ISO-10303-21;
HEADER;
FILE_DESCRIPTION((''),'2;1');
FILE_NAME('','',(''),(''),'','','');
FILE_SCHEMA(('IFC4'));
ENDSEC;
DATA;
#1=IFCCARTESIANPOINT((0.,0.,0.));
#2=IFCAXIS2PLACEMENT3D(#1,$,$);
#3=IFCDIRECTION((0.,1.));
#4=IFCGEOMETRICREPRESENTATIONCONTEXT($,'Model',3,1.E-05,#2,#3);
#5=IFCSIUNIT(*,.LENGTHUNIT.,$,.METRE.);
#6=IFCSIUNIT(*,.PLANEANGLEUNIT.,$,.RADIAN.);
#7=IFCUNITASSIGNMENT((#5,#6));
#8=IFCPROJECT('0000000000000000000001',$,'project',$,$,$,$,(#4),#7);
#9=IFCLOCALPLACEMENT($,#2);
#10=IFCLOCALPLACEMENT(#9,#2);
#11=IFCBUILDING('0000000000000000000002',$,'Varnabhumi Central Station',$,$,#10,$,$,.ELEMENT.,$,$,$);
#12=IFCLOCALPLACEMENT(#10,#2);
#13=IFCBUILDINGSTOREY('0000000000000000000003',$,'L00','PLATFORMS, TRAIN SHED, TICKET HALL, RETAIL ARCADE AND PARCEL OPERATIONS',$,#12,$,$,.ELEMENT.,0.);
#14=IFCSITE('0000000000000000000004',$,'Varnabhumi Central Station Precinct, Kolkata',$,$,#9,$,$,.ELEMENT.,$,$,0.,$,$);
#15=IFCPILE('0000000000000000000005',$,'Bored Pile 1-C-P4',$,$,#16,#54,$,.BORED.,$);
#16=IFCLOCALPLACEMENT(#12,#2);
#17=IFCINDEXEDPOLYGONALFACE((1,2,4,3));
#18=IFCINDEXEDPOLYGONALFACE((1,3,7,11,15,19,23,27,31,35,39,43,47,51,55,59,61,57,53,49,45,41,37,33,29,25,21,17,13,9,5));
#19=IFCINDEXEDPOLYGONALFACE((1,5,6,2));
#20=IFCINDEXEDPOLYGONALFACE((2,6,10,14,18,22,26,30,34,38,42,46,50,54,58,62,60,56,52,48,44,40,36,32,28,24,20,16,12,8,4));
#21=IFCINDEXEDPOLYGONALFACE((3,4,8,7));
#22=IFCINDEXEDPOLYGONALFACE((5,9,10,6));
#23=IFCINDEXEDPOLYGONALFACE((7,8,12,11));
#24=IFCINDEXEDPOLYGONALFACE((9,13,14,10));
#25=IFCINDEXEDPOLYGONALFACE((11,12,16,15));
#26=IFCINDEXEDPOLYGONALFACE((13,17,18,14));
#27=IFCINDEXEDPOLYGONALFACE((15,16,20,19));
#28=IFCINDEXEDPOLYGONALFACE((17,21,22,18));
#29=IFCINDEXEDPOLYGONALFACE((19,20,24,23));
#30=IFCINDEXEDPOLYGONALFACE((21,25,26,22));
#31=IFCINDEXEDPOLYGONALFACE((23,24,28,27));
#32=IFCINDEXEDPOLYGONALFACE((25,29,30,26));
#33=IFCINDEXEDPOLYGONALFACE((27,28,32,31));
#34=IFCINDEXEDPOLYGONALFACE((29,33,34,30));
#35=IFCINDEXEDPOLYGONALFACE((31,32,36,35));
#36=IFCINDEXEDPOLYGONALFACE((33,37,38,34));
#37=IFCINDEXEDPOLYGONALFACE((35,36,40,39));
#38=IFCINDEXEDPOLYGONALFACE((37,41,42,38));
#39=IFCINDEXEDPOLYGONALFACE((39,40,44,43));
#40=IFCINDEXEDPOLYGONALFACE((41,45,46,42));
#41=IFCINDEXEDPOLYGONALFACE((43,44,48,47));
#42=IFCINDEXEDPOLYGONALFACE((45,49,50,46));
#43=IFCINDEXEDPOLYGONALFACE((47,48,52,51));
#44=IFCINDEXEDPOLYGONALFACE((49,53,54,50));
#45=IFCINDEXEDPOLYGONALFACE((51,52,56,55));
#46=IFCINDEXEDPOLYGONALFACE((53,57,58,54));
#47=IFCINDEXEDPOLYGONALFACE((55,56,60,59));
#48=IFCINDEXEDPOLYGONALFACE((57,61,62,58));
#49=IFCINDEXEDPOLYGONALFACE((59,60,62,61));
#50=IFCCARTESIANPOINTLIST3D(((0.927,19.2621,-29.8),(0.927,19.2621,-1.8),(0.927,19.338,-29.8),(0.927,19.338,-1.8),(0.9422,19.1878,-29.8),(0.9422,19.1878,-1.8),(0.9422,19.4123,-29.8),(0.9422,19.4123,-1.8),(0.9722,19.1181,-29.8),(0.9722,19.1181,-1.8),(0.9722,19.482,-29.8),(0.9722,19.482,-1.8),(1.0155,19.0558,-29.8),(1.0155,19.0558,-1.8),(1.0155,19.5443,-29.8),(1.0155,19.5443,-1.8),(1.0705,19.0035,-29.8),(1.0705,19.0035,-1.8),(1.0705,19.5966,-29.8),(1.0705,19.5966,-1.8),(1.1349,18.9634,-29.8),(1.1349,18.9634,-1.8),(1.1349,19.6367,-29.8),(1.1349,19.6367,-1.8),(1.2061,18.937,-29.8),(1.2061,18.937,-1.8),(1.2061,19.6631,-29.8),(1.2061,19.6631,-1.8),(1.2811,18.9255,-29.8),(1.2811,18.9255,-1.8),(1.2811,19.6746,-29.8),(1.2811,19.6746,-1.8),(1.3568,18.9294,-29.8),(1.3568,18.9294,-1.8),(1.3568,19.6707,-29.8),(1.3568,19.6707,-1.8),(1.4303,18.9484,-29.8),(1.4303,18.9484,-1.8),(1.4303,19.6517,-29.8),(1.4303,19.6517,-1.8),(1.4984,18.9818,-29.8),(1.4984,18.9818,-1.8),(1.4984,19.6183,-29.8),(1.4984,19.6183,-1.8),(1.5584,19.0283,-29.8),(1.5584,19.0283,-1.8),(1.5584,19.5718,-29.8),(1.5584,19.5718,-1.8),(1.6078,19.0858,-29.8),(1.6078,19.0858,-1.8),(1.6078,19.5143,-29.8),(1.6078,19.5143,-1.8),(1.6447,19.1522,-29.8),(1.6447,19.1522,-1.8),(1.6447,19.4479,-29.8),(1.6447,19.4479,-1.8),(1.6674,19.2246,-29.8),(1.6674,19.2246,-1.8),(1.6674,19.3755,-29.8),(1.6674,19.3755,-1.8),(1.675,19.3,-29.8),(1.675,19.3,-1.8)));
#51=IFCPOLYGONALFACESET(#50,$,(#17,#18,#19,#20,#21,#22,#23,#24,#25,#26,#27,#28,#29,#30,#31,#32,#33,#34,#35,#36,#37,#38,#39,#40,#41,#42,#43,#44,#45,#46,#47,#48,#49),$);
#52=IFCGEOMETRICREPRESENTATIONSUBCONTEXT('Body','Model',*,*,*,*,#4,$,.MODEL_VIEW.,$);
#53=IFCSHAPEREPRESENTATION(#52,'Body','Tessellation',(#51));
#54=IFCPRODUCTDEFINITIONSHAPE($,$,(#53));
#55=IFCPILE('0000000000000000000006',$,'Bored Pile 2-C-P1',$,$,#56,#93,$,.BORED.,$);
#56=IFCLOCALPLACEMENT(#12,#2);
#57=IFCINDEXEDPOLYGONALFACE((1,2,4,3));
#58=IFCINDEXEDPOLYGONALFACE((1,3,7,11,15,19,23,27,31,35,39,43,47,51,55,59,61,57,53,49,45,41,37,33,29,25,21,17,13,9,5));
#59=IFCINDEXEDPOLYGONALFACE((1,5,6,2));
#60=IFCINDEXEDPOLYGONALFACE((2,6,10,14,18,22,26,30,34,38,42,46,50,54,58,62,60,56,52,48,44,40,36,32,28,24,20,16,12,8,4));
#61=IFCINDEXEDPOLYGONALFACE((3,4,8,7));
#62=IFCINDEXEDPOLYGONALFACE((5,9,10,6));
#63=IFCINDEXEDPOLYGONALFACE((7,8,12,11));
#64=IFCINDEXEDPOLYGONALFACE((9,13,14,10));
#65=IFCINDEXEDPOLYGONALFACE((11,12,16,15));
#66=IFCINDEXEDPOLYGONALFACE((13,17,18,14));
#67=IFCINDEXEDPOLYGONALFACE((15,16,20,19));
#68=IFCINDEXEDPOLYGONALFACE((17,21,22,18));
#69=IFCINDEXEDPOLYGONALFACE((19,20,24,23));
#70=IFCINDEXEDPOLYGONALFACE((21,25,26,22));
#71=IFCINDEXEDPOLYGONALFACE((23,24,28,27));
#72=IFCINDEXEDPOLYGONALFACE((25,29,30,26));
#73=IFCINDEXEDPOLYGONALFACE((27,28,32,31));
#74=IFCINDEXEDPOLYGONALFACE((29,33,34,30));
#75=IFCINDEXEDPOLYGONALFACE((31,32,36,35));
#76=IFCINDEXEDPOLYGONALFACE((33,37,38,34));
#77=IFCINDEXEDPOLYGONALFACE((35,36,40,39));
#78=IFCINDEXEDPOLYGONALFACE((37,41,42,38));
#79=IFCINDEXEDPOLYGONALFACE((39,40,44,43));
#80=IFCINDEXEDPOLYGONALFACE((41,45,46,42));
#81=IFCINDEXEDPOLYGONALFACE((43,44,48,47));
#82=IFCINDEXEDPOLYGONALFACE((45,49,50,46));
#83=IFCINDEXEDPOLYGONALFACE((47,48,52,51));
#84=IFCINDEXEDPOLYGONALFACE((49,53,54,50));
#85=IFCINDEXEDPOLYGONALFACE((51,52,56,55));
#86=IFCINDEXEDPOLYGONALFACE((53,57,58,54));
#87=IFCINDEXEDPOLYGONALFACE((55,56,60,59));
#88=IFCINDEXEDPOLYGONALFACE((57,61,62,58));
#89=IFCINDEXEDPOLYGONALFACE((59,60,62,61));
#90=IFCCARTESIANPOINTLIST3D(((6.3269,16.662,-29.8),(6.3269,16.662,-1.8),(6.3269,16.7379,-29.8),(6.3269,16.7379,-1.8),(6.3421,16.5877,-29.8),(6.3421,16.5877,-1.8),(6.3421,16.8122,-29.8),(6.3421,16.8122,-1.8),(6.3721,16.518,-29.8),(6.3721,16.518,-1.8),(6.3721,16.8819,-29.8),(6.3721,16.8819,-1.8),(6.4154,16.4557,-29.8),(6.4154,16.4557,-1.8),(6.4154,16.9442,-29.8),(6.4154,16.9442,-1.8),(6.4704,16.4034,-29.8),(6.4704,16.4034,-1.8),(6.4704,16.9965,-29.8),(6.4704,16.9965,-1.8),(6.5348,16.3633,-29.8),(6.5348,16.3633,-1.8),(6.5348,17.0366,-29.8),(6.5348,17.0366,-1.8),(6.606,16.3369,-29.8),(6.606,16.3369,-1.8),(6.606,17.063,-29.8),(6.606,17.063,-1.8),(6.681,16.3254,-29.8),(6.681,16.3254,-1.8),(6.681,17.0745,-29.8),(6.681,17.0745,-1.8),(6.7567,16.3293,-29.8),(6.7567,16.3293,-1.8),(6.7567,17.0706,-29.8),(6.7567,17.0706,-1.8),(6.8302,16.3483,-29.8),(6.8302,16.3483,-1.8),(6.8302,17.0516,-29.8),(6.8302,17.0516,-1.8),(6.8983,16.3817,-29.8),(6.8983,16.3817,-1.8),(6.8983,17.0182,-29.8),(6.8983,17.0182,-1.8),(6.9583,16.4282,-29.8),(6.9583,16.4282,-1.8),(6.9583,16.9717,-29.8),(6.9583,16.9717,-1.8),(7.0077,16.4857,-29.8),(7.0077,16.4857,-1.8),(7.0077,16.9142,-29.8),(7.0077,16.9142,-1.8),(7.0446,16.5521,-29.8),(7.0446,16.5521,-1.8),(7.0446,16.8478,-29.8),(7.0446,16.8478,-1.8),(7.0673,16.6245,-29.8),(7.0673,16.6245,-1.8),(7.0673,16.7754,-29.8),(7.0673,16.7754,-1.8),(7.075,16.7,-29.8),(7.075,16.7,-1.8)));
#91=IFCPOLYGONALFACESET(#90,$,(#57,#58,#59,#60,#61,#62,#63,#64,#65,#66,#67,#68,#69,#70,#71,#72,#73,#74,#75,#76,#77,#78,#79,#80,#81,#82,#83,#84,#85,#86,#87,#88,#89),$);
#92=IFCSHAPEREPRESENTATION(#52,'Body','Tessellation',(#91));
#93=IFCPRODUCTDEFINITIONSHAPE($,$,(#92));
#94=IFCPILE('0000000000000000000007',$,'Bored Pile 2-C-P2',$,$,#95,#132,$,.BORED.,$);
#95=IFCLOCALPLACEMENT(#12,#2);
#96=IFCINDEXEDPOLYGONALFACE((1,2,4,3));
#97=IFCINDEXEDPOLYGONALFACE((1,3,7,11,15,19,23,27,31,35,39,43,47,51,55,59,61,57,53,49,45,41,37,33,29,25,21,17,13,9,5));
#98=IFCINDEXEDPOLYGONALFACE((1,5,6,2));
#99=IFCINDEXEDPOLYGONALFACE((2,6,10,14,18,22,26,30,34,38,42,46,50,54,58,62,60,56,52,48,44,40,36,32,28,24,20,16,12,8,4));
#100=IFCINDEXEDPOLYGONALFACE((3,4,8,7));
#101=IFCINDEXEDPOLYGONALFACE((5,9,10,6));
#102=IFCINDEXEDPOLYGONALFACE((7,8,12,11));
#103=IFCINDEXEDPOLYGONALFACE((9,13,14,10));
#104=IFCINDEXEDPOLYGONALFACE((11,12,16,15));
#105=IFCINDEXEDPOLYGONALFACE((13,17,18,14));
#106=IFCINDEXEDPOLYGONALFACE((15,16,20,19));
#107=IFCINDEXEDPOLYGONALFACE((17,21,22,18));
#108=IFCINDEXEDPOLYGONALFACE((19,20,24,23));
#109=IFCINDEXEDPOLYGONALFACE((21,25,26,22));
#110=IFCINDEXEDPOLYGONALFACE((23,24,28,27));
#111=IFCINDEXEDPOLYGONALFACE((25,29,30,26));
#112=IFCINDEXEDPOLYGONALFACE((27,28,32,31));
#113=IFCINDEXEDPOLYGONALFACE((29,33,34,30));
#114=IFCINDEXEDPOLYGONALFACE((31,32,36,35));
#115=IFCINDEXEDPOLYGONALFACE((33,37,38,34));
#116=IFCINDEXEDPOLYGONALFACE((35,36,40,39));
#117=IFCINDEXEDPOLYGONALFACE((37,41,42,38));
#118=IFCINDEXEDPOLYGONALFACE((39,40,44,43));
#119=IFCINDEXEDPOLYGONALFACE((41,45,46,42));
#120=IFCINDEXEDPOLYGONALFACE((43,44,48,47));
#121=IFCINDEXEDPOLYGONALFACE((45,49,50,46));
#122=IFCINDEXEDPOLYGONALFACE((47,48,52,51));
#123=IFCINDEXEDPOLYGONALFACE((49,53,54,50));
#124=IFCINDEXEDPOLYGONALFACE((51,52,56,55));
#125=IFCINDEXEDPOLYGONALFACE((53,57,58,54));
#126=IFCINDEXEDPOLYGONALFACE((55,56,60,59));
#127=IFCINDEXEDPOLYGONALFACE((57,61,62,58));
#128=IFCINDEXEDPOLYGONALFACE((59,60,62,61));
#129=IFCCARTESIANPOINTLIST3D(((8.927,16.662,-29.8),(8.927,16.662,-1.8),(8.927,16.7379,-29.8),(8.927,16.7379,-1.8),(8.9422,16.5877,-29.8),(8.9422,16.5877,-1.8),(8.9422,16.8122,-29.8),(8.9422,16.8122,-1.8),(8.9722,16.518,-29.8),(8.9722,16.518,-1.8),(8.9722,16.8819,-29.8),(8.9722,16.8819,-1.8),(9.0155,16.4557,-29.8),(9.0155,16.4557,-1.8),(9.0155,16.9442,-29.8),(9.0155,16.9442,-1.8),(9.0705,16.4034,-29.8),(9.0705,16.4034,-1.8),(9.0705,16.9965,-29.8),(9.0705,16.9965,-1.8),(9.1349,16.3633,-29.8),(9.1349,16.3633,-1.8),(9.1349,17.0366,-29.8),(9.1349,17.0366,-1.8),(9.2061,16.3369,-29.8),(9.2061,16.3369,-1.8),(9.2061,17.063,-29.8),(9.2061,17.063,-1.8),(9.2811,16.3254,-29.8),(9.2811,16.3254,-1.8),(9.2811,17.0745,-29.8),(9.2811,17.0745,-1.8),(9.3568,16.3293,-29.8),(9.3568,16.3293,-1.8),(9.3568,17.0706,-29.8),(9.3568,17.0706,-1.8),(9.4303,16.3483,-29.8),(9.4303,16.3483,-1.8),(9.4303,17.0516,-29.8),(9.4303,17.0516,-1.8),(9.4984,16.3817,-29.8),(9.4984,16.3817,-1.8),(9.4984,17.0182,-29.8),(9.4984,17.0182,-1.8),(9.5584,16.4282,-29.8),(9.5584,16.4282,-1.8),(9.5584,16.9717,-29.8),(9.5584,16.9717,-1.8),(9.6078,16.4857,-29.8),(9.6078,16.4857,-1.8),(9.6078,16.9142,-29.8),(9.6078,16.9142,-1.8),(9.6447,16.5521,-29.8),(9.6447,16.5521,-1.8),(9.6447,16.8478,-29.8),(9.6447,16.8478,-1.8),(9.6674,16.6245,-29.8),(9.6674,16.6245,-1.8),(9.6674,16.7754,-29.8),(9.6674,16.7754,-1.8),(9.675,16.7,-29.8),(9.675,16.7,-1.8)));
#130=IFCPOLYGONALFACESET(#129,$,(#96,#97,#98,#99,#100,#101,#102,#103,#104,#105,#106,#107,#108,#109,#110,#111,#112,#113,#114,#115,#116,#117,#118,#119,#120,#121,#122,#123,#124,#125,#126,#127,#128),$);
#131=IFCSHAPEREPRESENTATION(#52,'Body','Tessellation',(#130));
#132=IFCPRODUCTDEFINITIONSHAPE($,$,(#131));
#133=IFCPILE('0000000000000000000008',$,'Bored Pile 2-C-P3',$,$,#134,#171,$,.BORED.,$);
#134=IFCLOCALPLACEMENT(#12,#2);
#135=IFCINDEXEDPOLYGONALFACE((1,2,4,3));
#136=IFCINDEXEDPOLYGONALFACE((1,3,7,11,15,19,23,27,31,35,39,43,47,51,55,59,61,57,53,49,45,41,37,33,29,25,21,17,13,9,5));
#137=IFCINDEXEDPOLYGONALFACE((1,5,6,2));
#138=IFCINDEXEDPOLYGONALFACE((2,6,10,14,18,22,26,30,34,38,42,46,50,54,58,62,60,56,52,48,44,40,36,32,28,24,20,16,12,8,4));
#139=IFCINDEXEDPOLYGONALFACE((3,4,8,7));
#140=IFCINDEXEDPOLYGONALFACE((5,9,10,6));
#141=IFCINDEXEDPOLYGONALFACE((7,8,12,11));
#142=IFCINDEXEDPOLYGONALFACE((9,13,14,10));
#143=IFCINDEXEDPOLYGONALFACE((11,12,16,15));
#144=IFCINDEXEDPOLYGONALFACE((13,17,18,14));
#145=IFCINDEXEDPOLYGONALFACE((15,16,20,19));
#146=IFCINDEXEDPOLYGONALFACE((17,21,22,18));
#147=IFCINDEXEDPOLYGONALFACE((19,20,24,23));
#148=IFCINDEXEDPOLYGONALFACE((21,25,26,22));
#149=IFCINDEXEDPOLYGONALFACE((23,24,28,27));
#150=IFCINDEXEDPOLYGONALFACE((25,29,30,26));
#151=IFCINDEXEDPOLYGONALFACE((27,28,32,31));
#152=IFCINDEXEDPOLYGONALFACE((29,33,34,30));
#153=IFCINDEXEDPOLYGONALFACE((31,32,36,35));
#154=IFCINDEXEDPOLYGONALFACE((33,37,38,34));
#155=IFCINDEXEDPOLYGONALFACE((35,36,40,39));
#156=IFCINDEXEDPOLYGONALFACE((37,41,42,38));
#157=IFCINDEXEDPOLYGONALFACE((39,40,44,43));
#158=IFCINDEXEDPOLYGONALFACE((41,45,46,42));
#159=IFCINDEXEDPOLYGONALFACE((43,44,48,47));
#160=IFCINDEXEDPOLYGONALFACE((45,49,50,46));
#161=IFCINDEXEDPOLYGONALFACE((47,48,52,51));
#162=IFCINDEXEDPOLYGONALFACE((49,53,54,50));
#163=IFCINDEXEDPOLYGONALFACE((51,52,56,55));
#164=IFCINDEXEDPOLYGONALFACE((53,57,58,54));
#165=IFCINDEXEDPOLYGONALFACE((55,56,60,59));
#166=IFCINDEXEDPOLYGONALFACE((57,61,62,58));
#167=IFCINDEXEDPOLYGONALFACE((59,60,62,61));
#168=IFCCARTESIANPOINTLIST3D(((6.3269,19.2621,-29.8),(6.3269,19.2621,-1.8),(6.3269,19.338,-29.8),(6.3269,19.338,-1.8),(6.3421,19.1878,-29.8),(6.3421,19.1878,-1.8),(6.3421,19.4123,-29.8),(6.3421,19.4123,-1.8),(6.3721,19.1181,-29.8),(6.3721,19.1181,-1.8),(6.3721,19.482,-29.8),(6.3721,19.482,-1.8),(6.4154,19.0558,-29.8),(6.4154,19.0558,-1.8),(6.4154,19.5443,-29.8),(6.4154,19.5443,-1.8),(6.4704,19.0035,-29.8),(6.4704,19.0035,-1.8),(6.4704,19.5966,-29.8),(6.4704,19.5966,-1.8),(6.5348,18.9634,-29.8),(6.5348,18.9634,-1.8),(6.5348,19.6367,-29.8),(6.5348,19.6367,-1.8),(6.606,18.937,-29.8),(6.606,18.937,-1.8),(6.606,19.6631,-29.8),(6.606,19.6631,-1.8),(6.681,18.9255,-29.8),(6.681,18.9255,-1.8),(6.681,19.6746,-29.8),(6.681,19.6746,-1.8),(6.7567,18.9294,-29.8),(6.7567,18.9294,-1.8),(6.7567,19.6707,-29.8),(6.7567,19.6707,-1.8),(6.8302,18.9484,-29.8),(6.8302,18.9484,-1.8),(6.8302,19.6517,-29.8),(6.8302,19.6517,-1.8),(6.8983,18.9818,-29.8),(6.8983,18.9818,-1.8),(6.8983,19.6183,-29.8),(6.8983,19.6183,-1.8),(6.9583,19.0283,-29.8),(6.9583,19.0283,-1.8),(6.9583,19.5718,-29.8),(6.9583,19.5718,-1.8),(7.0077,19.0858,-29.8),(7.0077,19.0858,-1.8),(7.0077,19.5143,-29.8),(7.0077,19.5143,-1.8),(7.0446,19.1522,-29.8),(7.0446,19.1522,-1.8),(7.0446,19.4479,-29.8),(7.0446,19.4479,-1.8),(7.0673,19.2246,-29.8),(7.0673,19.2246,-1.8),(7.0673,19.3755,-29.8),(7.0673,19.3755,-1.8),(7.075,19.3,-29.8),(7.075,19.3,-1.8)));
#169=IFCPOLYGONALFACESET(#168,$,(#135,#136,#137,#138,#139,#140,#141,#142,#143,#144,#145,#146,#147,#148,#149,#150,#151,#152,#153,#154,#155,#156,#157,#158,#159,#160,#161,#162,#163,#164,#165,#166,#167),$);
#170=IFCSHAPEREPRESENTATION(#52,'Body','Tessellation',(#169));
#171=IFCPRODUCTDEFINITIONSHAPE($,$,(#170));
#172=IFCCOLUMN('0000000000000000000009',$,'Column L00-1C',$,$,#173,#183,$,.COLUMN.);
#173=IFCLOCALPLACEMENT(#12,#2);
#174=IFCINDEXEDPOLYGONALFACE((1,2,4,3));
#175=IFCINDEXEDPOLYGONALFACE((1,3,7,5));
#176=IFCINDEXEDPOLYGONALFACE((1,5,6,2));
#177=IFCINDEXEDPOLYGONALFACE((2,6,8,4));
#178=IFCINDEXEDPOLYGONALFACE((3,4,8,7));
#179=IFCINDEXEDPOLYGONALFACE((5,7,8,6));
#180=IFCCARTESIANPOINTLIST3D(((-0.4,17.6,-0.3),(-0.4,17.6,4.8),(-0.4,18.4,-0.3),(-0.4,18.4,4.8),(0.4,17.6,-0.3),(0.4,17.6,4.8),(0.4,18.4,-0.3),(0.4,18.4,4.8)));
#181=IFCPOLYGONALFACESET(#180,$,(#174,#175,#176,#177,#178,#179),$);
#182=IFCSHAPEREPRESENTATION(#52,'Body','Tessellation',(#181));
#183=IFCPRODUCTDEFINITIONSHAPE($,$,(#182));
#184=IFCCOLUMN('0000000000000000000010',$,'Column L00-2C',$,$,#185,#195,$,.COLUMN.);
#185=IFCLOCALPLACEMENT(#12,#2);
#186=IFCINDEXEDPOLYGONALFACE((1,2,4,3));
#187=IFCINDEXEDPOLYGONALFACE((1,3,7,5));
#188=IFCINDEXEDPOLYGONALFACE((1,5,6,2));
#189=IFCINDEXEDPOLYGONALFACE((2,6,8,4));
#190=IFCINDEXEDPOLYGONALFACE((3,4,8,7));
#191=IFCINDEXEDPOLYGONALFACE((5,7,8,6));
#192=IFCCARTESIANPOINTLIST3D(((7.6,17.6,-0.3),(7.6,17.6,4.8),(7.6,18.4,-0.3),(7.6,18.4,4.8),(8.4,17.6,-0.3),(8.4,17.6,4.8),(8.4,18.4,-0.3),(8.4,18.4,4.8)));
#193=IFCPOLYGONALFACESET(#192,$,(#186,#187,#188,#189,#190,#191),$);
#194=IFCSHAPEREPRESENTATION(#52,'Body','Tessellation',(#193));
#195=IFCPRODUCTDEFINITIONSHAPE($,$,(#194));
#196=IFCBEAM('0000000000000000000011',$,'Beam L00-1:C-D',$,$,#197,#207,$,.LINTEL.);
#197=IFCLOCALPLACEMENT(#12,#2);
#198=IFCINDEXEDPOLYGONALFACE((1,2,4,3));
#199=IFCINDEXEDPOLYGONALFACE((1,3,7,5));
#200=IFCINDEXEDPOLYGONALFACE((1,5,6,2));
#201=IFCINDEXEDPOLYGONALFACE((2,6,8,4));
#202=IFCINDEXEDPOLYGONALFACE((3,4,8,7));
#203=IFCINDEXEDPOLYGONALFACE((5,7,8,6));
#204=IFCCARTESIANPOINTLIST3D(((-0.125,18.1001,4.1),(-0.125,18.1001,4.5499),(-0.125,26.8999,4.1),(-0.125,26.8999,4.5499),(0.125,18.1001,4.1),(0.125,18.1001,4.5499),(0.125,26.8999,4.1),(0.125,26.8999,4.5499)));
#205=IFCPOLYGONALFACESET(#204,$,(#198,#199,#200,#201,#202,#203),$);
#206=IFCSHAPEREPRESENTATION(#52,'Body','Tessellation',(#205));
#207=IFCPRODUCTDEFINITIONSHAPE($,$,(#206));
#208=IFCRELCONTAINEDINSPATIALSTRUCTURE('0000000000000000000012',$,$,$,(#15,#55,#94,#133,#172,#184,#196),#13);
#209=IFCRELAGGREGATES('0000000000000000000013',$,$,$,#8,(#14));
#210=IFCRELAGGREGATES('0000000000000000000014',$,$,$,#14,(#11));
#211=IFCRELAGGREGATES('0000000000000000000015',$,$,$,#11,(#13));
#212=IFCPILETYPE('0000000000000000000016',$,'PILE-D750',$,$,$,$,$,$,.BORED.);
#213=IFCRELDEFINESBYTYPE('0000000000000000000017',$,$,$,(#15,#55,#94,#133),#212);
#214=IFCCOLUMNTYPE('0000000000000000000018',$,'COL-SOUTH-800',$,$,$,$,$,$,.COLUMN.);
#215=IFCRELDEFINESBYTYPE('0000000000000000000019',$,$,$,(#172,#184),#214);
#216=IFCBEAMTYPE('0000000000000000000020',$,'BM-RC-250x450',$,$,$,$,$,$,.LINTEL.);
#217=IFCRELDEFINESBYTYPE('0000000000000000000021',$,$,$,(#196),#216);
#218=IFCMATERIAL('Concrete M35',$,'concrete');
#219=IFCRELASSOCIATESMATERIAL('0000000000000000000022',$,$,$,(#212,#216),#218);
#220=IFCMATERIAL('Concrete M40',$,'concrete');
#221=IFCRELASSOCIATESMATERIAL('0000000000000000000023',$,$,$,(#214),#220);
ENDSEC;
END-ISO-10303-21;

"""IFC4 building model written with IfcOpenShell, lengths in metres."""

from ifc_helpers import new_model, si_unit, direction, frame, origin, origin_2d, place, context, subcontext, project, spatial, rectangle, circle, extrude, material, material_profile, profile_set, type_object, element, save


model = new_model("IFC4")

# Units and contexts
model_context = context("Model", 3, precision=1e-05, world=origin(), true_north=direction((0.0, 1.0)))
body_context = subcontext(model_context, "Body", "Model", "MODEL_VIEW")
ifc_project = project(units=[si_unit("LENGTHUNIT", "METRE"), si_unit("PLANEANGLEUNIT", "RADIAN")], contexts=[model_context])

# Site, building, storey
site_placement = place(None, origin())
site = spatial("IfcSite", under=ifc_project, at=site_placement, Name="Varnabhumi Central Station Precinct, Kolkata", CompositionType="ELEMENT", RefElevation=0.0)
building_placement = place(site_placement, origin())
building = spatial("IfcBuilding", under=site, at=building_placement, Name="Varnabhumi Central Station", CompositionType="ELEMENT")
storey_placement = place(building_placement, origin())
storey = spatial("IfcBuildingStorey", under=building, at=storey_placement, Name="L00", Description="PLATFORMS, TRAIN SHED, TICKET HALL, RETAIL ARCADE AND PARCEL OPERATIONS", CompositionType="ELEMENT", Elevation=0.0)

# Shared definitions
ifc_material_1 = material(Name="Concrete M40", Category="concrete")

# Piles
ifc_material_2 = material(Name="Concrete M35", Category="concrete")
ifc_material_profile_1 = material_profile(ifc_material_2, circle(Radius=0.375, at=origin_2d()), Name="Concrete M35", Category="concrete")
ifc_profile_set_1 = profile_set([ifc_material_profile_1], Name="Concrete M35")
pile_type = type_object("IfcPileType", Name="PILE-D750", PredefinedType="BORED", material=ifc_profile_set_1)
for number, where, z_axis, x_axis, name in (
    (1, (1.3, 19.3, -1.8), (0.0, 0.0, -1.0), (1.0, 0.0, 0.0), "Bored Pile 1-C-P4"),
    (2, (6.7, 16.7, -1.8), (0.0, 0.0, -1.0), (1.0, 0.0, 0.0), "Bored Pile 2-C-P1"),
    (3, (9.3, 16.7, -1.8), (0.0, 0.0, -1.0), (1.0, 0.0, 0.0), "Bored Pile 2-C-P2"),
    (4, (6.7, 19.3, -1.8), (0.0, 0.0, -1.0), (1.0, 0.0, 0.0), "Bored Pile 2-C-P3"),
):
    element("IfcPile", number, at=place(storey_placement, frame(where, z_axis=z_axis, x_axis=x_axis)), inside=storey, type_object=pile_type, Name=name, PredefinedType="BORED", context=body_context, shape_type="SweptSolid", body=[
        extrude(circle(Radius=0.375, at=origin_2d()), origin(), (0.0, 0.0, 1.0), 28.0),
    ])

# Columns
ifc_material_profile_2 = material_profile(ifc_material_1, rectangle(XDim=0.8, YDim=0.8, at=origin_2d()), Name="Concrete M40", Category="concrete")
ifc_profile_set_2 = profile_set([ifc_material_profile_2], Name="Concrete M40")
column_type = type_object("IfcColumnType", Name="COL-SOUTH-800", PredefinedType="COLUMN", material=ifc_profile_set_2)
for number, where, z_axis, x_axis, name in (
    (5, (0.0, 18.0, -0.3), (0.0, 0.0, 1.0), (1.0, 0.0, 0.0), "Column L00-1C"),
    (6, (8.0, 18.0, -0.3), (0.0, 0.0, 1.0), (1.0, 0.0, 0.0), "Column L00-2C"),
):
    element("IfcColumn", number, at=place(storey_placement, frame(where, z_axis=z_axis, x_axis=x_axis)), inside=storey, type_object=column_type, Name=name, PredefinedType="COLUMN", context=body_context, shape_type="SweptSolid", body=[
        extrude(rectangle(XDim=0.8, YDim=0.8, at=origin_2d()), origin(), (0.0, 0.0, 1.0), 5.1001),
    ])

# Beam
ifc_material_profile_3 = material_profile(ifc_material_2, rectangle(XDim=0.25, YDim=0.45, at=origin_2d()), Name="Concrete M35", Category="concrete")
ifc_profile_set_3 = profile_set([ifc_material_profile_3], Name="Concrete M35")
beam_type_1 = type_object("IfcBeamType", Name="BM-RC-250x450", PredefinedType="LINTEL", material=ifc_profile_set_3)
beam_1_placement = place(storey_placement, frame((0.0, 18.1001, 4.325), z_axis=(0.0, 1.0, 0.0), x_axis=(-1.0, 0.0, 0.0)))
element("IfcBeam", 7, at=beam_1_placement, inside=storey, type_object=beam_type_1, Name="Beam L00-1:C-D", PredefinedType="LINTEL", context=body_context, shape_type="SweptSolid", body=[
    extrude(rectangle(XDim=0.25, YDim=0.45, at=origin_2d()), origin(), (0.0, 0.0, 1.0), 8.7998),
])

save(model, "model.ifc")
